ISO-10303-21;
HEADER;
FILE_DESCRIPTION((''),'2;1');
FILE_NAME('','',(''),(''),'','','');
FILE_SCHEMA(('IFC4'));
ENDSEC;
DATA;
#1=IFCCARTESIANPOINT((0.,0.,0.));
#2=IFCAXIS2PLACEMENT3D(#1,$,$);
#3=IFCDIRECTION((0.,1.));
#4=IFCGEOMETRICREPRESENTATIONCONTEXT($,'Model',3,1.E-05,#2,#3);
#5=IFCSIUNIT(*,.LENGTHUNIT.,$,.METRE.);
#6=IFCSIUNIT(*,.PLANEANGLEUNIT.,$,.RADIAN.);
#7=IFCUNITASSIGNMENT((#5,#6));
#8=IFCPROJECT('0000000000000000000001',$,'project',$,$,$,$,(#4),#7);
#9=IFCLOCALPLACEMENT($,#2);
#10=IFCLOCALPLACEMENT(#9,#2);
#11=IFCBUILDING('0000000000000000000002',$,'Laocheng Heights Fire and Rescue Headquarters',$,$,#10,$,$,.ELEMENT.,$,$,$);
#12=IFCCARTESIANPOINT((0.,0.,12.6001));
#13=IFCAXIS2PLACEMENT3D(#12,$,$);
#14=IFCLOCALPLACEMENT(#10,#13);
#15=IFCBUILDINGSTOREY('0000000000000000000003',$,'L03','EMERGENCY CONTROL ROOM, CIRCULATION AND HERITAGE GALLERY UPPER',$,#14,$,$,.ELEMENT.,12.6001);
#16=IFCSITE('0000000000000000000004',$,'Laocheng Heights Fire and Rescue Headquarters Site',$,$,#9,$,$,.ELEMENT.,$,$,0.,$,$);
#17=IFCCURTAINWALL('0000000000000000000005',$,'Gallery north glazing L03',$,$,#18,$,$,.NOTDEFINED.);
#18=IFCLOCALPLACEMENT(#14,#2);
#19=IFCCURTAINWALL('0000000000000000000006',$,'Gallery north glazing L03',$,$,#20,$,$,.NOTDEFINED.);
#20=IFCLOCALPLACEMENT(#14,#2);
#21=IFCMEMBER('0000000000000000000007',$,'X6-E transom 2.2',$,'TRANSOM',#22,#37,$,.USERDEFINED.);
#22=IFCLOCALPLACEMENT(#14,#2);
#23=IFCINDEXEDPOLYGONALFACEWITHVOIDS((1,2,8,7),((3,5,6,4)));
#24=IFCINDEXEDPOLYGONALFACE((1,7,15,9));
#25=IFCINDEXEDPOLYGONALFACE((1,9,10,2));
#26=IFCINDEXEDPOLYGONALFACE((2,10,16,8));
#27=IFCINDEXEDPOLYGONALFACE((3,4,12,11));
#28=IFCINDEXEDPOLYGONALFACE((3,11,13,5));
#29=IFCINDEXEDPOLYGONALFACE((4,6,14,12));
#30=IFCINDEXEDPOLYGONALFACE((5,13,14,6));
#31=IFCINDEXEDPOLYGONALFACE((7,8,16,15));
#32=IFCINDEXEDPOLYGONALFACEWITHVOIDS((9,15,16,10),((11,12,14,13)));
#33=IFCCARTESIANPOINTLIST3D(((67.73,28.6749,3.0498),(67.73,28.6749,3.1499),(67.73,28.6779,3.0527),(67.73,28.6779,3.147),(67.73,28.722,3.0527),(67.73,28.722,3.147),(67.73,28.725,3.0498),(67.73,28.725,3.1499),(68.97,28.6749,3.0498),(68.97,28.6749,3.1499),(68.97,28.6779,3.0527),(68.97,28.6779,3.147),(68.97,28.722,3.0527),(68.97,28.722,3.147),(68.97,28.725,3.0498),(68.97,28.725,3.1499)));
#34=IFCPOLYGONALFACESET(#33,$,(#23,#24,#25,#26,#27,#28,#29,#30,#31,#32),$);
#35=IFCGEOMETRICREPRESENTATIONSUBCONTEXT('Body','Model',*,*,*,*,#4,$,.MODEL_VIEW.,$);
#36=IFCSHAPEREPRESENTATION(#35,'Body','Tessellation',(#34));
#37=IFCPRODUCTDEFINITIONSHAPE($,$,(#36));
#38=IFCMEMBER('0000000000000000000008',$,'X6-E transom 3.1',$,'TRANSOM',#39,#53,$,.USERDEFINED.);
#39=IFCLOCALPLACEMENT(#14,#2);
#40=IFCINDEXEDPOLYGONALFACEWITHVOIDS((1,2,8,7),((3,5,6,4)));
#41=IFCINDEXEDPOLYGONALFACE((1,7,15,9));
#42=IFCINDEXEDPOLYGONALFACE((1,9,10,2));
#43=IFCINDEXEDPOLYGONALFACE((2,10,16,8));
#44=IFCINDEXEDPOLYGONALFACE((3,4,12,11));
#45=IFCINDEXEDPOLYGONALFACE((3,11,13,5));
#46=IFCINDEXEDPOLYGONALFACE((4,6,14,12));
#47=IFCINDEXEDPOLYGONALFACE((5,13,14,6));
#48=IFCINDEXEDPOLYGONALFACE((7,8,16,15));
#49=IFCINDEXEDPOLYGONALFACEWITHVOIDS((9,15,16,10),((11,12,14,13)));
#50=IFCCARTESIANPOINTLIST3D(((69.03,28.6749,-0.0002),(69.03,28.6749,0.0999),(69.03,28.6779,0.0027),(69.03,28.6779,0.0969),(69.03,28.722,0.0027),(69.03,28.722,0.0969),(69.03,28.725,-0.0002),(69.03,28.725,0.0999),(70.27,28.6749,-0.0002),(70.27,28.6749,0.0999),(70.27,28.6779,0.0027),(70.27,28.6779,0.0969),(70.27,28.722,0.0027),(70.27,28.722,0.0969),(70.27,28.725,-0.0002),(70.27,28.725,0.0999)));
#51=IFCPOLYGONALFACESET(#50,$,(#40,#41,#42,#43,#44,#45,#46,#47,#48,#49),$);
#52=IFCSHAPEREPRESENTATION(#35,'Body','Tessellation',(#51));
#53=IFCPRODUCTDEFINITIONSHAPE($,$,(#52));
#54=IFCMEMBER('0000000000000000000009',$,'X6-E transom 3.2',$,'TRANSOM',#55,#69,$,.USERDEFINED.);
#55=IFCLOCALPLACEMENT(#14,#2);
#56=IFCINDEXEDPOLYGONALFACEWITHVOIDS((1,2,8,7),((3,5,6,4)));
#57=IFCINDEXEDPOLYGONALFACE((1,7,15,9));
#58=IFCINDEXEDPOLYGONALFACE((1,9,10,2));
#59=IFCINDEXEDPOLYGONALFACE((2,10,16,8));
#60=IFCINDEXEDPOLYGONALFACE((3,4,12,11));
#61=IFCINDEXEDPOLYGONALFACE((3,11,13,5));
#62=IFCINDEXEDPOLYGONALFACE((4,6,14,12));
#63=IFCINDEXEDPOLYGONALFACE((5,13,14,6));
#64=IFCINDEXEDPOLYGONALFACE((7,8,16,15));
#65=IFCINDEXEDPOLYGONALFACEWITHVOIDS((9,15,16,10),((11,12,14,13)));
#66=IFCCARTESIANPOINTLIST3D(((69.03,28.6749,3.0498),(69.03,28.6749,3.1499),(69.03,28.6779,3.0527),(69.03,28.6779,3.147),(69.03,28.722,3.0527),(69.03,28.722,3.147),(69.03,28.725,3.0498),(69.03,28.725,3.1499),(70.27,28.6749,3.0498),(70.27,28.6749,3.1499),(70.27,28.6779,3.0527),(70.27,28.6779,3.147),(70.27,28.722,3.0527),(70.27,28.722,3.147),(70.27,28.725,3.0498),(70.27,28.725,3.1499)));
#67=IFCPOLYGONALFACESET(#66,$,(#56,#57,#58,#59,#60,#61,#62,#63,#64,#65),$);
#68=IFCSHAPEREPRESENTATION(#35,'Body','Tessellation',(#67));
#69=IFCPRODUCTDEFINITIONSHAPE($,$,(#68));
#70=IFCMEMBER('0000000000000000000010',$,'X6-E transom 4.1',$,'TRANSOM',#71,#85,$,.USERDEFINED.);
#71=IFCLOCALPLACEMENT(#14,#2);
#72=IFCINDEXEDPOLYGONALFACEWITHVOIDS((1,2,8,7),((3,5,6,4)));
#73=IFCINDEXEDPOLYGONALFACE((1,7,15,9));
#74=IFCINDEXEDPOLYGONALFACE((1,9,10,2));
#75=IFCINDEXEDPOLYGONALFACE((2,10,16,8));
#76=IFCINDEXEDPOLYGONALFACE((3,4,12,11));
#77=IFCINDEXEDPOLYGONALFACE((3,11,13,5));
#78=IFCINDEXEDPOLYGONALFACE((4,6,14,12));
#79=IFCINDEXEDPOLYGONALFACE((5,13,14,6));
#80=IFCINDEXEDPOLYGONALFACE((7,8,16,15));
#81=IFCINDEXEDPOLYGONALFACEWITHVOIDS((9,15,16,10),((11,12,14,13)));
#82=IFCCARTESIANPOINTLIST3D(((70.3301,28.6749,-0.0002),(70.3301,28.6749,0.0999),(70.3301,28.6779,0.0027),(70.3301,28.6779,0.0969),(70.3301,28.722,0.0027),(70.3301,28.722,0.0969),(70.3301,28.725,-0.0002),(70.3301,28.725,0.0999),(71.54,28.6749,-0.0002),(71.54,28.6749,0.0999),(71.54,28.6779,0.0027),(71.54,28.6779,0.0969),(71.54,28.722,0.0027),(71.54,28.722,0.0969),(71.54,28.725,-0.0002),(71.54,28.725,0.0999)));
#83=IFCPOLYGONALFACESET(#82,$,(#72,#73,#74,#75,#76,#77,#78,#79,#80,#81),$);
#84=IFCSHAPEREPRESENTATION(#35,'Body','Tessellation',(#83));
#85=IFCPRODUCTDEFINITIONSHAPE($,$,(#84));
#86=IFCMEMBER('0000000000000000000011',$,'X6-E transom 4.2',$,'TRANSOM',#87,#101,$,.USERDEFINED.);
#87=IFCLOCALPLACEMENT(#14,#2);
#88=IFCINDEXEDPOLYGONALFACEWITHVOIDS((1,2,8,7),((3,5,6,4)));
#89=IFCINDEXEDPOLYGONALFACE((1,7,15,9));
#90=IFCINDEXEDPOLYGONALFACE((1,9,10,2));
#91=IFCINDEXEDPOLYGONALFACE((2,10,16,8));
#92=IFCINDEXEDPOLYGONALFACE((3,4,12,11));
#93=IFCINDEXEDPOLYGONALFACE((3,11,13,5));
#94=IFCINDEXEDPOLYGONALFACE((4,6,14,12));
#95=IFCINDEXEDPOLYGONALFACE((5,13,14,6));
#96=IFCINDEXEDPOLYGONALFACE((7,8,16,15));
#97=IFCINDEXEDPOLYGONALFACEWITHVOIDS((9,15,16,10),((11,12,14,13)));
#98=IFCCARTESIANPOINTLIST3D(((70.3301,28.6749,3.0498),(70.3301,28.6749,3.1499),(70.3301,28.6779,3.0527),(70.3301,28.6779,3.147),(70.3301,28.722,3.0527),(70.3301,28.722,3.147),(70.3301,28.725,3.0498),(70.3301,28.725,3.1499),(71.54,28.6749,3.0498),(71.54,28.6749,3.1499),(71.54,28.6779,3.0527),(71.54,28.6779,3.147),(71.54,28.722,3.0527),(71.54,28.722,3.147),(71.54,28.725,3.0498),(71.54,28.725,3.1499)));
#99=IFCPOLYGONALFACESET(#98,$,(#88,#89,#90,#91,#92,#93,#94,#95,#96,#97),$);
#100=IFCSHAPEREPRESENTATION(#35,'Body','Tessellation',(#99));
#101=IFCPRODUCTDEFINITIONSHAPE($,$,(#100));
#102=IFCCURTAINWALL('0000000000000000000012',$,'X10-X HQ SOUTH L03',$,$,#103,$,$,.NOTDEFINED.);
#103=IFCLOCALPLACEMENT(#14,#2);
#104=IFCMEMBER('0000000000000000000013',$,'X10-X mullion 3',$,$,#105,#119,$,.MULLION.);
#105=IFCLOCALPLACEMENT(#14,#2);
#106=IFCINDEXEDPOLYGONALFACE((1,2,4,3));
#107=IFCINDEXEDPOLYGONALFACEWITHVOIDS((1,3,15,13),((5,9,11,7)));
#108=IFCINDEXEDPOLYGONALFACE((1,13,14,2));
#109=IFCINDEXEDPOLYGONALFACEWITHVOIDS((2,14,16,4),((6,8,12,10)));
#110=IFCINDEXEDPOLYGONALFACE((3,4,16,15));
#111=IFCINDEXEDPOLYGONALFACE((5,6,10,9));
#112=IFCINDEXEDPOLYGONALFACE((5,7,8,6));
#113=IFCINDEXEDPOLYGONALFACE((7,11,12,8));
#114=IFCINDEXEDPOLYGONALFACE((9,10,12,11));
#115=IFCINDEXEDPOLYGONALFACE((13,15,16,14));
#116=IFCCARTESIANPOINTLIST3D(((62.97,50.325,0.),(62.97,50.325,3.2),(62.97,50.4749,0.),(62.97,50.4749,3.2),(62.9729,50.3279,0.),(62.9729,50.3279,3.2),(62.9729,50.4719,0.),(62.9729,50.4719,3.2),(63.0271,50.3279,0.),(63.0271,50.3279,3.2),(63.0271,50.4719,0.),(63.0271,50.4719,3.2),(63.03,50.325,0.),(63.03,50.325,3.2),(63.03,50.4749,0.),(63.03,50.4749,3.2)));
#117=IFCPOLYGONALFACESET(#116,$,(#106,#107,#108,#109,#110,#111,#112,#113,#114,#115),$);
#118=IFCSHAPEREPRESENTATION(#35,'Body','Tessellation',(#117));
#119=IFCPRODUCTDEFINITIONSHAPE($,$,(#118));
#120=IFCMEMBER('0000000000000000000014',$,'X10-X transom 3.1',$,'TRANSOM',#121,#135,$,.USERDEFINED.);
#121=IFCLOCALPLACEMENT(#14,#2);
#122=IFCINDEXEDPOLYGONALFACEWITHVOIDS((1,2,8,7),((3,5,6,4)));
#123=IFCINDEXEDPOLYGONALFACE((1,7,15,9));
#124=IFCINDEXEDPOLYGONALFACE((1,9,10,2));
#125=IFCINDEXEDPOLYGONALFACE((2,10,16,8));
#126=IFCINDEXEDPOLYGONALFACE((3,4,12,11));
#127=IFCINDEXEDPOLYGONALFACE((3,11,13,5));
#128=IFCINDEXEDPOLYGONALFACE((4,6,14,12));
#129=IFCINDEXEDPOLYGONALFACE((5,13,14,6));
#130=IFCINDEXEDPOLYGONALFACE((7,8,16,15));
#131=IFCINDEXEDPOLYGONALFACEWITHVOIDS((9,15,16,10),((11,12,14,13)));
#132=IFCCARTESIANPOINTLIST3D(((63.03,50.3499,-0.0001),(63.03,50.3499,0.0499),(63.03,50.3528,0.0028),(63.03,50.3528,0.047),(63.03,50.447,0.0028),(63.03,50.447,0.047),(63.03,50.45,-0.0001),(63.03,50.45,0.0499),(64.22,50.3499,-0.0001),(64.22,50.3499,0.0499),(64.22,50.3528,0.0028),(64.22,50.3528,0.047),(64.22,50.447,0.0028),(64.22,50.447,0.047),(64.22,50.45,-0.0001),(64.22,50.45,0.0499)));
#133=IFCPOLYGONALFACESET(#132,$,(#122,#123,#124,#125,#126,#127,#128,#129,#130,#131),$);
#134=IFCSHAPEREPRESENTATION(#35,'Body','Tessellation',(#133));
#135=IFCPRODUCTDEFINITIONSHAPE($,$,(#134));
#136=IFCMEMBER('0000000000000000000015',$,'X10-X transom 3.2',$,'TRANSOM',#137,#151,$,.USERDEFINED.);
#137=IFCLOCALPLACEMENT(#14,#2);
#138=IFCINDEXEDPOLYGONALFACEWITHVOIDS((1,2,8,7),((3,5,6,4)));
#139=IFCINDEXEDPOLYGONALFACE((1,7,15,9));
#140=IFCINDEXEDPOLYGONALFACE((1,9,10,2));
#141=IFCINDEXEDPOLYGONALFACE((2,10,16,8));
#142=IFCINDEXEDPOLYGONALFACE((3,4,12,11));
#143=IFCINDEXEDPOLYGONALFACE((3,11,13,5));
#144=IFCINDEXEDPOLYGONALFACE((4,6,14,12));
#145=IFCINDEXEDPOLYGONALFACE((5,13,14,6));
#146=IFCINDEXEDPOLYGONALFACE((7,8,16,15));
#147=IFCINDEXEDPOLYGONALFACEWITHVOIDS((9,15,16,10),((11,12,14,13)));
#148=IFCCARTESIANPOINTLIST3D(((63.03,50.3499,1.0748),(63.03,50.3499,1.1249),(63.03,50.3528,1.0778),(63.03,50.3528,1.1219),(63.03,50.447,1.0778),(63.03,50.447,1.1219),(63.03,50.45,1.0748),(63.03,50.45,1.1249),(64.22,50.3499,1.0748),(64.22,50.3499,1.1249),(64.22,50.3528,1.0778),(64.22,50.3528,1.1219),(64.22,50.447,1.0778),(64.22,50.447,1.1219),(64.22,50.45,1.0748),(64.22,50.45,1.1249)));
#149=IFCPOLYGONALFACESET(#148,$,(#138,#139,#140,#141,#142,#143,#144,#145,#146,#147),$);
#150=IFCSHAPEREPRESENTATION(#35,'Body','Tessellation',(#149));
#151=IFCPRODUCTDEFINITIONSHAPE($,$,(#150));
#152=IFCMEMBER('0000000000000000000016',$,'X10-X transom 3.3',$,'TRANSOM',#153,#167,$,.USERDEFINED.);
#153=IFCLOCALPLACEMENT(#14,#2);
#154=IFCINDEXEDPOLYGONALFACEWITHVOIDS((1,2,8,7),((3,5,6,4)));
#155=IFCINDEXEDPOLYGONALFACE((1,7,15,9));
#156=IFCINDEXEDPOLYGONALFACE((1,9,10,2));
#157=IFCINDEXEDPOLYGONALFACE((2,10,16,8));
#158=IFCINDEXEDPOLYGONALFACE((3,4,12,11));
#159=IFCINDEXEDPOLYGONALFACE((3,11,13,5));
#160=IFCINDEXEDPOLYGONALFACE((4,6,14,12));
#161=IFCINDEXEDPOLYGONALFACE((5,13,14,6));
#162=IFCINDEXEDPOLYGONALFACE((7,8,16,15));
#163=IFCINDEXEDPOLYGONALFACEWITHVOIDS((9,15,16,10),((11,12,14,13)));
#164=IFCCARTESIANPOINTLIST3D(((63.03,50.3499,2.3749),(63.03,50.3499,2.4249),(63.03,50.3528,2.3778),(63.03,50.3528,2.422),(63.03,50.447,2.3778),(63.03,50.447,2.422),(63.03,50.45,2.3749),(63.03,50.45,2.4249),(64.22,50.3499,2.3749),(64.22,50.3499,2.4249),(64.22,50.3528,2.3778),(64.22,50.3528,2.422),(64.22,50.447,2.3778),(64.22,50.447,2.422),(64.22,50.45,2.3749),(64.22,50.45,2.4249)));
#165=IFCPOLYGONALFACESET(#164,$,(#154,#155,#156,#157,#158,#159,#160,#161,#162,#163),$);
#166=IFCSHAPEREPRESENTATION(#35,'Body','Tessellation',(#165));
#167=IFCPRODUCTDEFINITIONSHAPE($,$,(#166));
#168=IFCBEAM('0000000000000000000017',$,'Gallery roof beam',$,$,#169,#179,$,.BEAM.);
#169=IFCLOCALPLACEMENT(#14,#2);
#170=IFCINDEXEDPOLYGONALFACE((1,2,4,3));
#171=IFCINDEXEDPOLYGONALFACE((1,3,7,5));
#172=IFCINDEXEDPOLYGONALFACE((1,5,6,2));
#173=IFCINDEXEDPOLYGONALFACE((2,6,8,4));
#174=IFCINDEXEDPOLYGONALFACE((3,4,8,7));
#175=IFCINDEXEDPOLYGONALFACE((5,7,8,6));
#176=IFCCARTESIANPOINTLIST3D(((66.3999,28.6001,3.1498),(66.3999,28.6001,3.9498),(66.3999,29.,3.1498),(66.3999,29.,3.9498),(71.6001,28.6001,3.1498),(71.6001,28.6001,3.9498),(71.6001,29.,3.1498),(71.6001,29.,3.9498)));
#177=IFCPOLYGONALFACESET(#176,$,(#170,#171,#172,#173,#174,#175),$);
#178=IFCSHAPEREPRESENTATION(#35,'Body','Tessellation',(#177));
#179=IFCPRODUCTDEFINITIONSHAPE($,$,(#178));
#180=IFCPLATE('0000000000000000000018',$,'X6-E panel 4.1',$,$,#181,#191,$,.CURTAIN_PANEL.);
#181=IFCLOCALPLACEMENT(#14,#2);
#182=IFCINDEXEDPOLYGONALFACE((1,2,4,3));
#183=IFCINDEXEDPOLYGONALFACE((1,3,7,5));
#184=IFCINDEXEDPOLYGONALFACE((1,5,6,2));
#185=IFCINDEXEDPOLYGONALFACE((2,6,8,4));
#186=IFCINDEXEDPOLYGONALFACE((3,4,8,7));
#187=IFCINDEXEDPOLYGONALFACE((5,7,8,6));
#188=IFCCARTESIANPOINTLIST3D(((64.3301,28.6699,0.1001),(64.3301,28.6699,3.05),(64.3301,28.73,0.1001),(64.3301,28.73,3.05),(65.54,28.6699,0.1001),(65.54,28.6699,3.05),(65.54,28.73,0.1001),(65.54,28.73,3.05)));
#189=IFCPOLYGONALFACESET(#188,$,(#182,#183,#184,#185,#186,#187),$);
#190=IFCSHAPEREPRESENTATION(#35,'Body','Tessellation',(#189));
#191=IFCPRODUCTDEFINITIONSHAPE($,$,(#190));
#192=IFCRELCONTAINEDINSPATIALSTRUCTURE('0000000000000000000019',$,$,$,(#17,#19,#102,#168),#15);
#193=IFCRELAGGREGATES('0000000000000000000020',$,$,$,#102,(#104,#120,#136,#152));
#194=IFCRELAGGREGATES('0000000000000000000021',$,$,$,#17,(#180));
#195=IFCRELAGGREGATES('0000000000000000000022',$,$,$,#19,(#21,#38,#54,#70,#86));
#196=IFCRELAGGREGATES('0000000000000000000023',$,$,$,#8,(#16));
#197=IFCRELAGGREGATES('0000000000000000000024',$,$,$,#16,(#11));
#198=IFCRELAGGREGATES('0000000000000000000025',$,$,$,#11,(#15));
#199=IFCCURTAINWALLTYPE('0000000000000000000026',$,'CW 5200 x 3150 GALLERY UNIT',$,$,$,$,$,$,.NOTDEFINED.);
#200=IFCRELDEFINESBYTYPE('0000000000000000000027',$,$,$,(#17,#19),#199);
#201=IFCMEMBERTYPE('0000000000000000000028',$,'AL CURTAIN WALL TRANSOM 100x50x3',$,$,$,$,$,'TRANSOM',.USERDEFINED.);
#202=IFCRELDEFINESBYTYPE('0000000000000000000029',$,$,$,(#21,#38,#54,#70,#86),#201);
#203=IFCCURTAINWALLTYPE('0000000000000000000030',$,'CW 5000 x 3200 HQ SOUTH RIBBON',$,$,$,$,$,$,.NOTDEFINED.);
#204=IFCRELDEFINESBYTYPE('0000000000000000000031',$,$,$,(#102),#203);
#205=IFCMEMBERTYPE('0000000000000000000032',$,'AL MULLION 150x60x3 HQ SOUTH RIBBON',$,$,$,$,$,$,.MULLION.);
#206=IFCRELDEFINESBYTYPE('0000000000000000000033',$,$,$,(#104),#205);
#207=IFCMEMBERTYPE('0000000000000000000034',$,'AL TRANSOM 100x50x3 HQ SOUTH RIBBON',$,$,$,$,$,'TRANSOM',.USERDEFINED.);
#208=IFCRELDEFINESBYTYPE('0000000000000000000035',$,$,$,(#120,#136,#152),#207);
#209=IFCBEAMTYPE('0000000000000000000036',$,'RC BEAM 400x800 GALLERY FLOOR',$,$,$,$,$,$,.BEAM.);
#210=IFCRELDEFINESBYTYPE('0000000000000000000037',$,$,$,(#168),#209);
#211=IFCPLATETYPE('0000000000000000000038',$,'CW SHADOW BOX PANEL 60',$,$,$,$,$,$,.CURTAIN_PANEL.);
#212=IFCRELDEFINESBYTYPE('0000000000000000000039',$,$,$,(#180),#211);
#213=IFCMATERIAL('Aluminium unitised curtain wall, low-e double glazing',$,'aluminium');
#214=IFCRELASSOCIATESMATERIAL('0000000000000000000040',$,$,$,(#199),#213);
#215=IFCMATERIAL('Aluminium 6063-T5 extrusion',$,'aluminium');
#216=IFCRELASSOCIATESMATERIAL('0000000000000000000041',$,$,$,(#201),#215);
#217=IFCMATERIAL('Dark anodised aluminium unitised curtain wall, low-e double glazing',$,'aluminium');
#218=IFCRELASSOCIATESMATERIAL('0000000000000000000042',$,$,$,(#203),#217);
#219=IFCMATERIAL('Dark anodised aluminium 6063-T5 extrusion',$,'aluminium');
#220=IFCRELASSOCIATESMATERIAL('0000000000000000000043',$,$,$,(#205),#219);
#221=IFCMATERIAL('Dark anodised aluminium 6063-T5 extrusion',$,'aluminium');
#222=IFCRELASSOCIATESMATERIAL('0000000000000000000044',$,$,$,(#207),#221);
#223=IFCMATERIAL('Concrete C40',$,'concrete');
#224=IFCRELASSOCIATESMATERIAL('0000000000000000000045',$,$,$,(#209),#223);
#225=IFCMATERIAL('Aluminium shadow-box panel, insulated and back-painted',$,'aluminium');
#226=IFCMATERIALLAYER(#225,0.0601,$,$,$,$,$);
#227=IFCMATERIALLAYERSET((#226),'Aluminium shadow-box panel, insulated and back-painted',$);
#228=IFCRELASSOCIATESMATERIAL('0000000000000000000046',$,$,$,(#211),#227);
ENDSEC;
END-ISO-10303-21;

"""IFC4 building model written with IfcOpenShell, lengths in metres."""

from ifc_helpers import new_model, si_unit, direction, frame, origin, origin_2d, place, context, subcontext, project, spatial, rectangle, hollow_rectangle, extrude, material, layer, layer_set, material_profile, profile_set, type_object, element, aggregate, save


model = new_model("IFC4")

# Units and contexts
model_context = context("Model", 3, precision=1e-05, world=origin(), true_north=direction((0.0, 1.0)))
body_context = subcontext(model_context, "Body", "Model", "MODEL_VIEW")
ifc_project = project(units=[si_unit("LENGTHUNIT", "METRE"), si_unit("PLANEANGLEUNIT", "RADIAN")], contexts=[model_context])

# Site, building, storey
site_placement = place(None, origin())
site = spatial("IfcSite", under=ifc_project, at=site_placement, Name="Laocheng Heights Fire and Rescue Headquarters Site", CompositionType="ELEMENT", RefElevation=0.0)
building_placement = place(site_placement, origin())
building = spatial("IfcBuilding", under=site, at=building_placement, Name="Laocheng Heights Fire and Rescue Headquarters", CompositionType="ELEMENT")
storey_placement = place(building_placement, frame((0.0, 0.0, 12.6001)))
storey = spatial("IfcBuildingStorey", under=building, at=storey_placement, Name="L03", Description="EMERGENCY CONTROL ROOM, CIRCULATION AND HERITAGE GALLERY UPPER", CompositionType="ELEMENT", Elevation=12.6001)

# Curtain wall
ifc_material_1 = material(Name="Aluminium unitised curtain wall, low-e double glazing", Category="aluminium")
curtain_wall_type_1 = type_object("IfcCurtainWallType", Name="CW 5200 x 3150 GALLERY UNIT", PredefinedType="NOTDEFINED", material=ifc_material_1)
curtain_wall_1_placement = place(storey_placement, origin())
curtain_wall_1 = element("IfcCurtainWall", 1, at=curtain_wall_1_placement, inside=storey, type_object=curtain_wall_type_1, Name="Gallery north glazing L03", PredefinedType="NOTDEFINED")

# Curtain walls, members
curtain_wall_2_placement = place(storey_placement, origin())
curtain_wall_2 = element("IfcCurtainWall", 2, at=curtain_wall_2_placement, inside=storey, type_object=curtain_wall_type_1, Name="Gallery north glazing L03", PredefinedType="NOTDEFINED")
ifc_material_2 = material(Name="Aluminium 6063-T5 extrusion", Category="aluminium")
ifc_material_profile_1 = material_profile(ifc_material_2, hollow_rectangle(XDim=0.05, YDim=0.1001, WallThickness=0.0029, at=origin_2d()), Name="AL TRANSOM 100x50x3")
ifc_profile_set_1 = profile_set([ifc_material_profile_1], Name="Aluminium 6063-T5 extrusion")
member_type_1 = type_object("IfcMemberType", Name="AL CURTAIN WALL TRANSOM 100x50x3", ElementType="TRANSOM", PredefinedType="USERDEFINED", material=ifc_profile_set_1)
member_1_placement = place(storey_placement, frame((67.73, 28.7, 3.0999), z_axis=(1.0, 0.0, 0.0), x_axis=(0.0, 1.0, 0.0)))
member_1 = element("IfcMember", 3, at=member_1_placement, type_object=member_type_1, Name="X6-E transom 2.2", ObjectType="TRANSOM", PredefinedType="USERDEFINED", context=body_context, shape_type="SweptSolid", body=[
    extrude(hollow_rectangle(XDim=0.05, YDim=0.1001, WallThickness=0.0029, at=origin_2d()), origin(), (0.0, 0.0, 1.0), 1.24),
])
member_2_placement = place(storey_placement, frame((69.03, 28.7, 0.0498), z_axis=(1.0, 0.0, 0.0), x_axis=(0.0, 1.0, 0.0)))
member_2 = element("IfcMember", 4, at=member_2_placement, type_object=member_type_1, Name="X6-E transom 3.1", ObjectType="TRANSOM", PredefinedType="USERDEFINED", context=body_context, shape_type="SweptSolid", body=[
    extrude(hollow_rectangle(XDim=0.05, YDim=0.1001, WallThickness=0.0029, at=origin_2d()), origin(), (0.0, 0.0, 1.0), 1.24),
])
member_3_placement = place(storey_placement, frame((69.03, 28.7, 3.0999), z_axis=(1.0, 0.0, 0.0), x_axis=(0.0, 1.0, 0.0)))
member_3 = element("IfcMember", 5, at=member_3_placement, type_object=member_type_1, Name="X6-E transom 3.2", ObjectType="TRANSOM", PredefinedType="USERDEFINED", context=body_context, shape_type="SweptSolid", body=[
    extrude(hollow_rectangle(XDim=0.05, YDim=0.1001, WallThickness=0.0029, at=origin_2d()), origin(), (0.0, 0.0, 1.0), 1.24),
])
member_4_placement = place(storey_placement, frame((70.3301, 28.7, 0.0498), z_axis=(1.0, 0.0, 0.0), x_axis=(0.0, 1.0, 0.0)))
member_4 = element("IfcMember", 6, at=member_4_placement, type_object=member_type_1, Name="X6-E transom 4.1", ObjectType="TRANSOM", PredefinedType="USERDEFINED", context=body_context, shape_type="SweptSolid", body=[
    extrude(hollow_rectangle(XDim=0.05, YDim=0.1001, WallThickness=0.0029, at=origin_2d()), origin(), (0.0, 0.0, 1.0), 1.21),
])
member_5_placement = place(storey_placement, frame((70.3301, 28.7, 3.0999), z_axis=(1.0, 0.0, 0.0), x_axis=(0.0, 1.0, 0.0)))
member_5 = element("IfcMember", 7, at=member_5_placement, type_object=member_type_1, Name="X6-E transom 4.2", ObjectType="TRANSOM", PredefinedType="USERDEFINED", context=body_context, shape_type="SweptSolid", body=[
    extrude(hollow_rectangle(XDim=0.05, YDim=0.1001, WallThickness=0.0029, at=origin_2d()), origin(), (0.0, 0.0, 1.0), 1.21),
])
ifc_material_3 = material(Name="Dark anodised aluminium unitised curtain wall, low-e double glazing", Category="aluminium")
curtain_wall_type_2 = type_object("IfcCurtainWallType", Name="CW 5000 x 3200 HQ SOUTH RIBBON", PredefinedType="NOTDEFINED", material=ifc_material_3)
curtain_wall_3_placement = place(storey_placement, origin())
curtain_wall_3 = element("IfcCurtainWall", 8, at=curtain_wall_3_placement, inside=storey, type_object=curtain_wall_type_2, Name="X10-X HQ SOUTH L03", PredefinedType="NOTDEFINED")
ifc_material_4 = material(Name="Dark anodised aluminium 6063-T5 extrusion", Category="aluminium")
ifc_material_profile_2 = material_profile(ifc_material_4, hollow_rectangle(XDim=0.1499, YDim=0.0601, WallThickness=0.0029, at=origin_2d()), Name="AL MULLION 150x60x3 HQ SOUTH RIBBON")
ifc_profile_set_2 = profile_set([ifc_material_profile_2], Name="Dark anodised aluminium 6063-T5 extrusion")
member_type_2 = type_object("IfcMemberType", Name="AL MULLION 150x60x3 HQ SOUTH RIBBON", PredefinedType="MULLION", material=ifc_profile_set_2)
member_6_placement = place(storey_placement, frame((63.0, 50.3999, 0.0), z_axis=(0.0, 0.0, 1.0), x_axis=(0.0, 1.0, 0.0)))
member_6 = element("IfcMember", 9, at=member_6_placement, type_object=member_type_2, Name="X10-X mullion 3", PredefinedType="MULLION", context=body_context, shape_type="SweptSolid", body=[
    extrude(hollow_rectangle(XDim=0.1499, YDim=0.0601, WallThickness=0.0029, at=origin_2d()), origin(), (0.0, 0.0, 1.0), 3.2),
])
ifc_material_5 = material(Name="Dark anodised aluminium 6063-T5 extrusion", Category="aluminium")
ifc_material_profile_3 = material_profile(ifc_material_5, hollow_rectangle(XDim=0.1001, YDim=0.05, WallThickness=0.0029, at=origin_2d()), Name="AL TRANSOM 100x50x3 HQ SOUTH RIBBON")
ifc_profile_set_3 = profile_set([ifc_material_profile_3], Name="Dark anodised aluminium 6063-T5 extrusion")
member_type_3 = type_object("IfcMemberType", Name="AL TRANSOM 100x50x3 HQ SOUTH RIBBON", ElementType="TRANSOM", PredefinedType="USERDEFINED", material=ifc_profile_set_3)
member_7_placement = place(storey_placement, frame((63.03, 50.3999, 0.0249), z_axis=(1.0, 0.0, 0.0), x_axis=(0.0, 1.0, 0.0)))
member_7 = element("IfcMember", 10, at=member_7_placement, type_object=member_type_3, Name="X10-X transom 3.1", ObjectType="TRANSOM", PredefinedType="USERDEFINED", context=body_context, shape_type="SweptSolid", body=[
    extrude(hollow_rectangle(XDim=0.1001, YDim=0.05, WallThickness=0.0029, at=origin_2d()), origin(), (0.0, 0.0, 1.0), 1.1899),
])
member_8_placement = place(storey_placement, frame((63.03, 50.3999, 1.0999), z_axis=(1.0, 0.0, 0.0), x_axis=(0.0, 1.0, 0.0)))
member_8 = element("IfcMember", 11, at=member_8_placement, type_object=member_type_3, Name="X10-X transom 3.2", ObjectType="TRANSOM", PredefinedType="USERDEFINED", context=body_context, shape_type="SweptSolid", body=[
    extrude(hollow_rectangle(XDim=0.1001, YDim=0.05, WallThickness=0.0029, at=origin_2d()), origin(), (0.0, 0.0, 1.0), 1.1899),
])
member_9_placement = place(storey_placement, frame((63.03, 50.3999, 2.3999), z_axis=(1.0, 0.0, 0.0), x_axis=(0.0, 1.0, 0.0)))
member_9 = element("IfcMember", 12, at=member_9_placement, type_object=member_type_3, Name="X10-X transom 3.3", ObjectType="TRANSOM", PredefinedType="USERDEFINED", context=body_context, shape_type="SweptSolid", body=[
    extrude(hollow_rectangle(XDim=0.1001, YDim=0.05, WallThickness=0.0029, at=origin_2d()), origin(), (0.0, 0.0, 1.0), 1.1899),
])
aggregate(curtain_wall_3, [member_6, member_7, member_8, member_9])

# Beam
ifc_material_6 = material(Name="Concrete C40", Category="concrete")
ifc_material_profile_4 = material_profile(ifc_material_6, rectangle(XDim=0.3999, YDim=0.8, at=origin_2d()), Name="RC BEAM 400x800 GALLERY FLOOR")
ifc_profile_set_4 = profile_set([ifc_material_profile_4], Name="Concrete C40")
beam_type = type_object("IfcBeamType", Name="RC BEAM 400x800 GALLERY FLOOR", PredefinedType="BEAM", material=ifc_profile_set_4)
beam_placement = place(storey_placement, frame((66.3999, 28.8, 3.5498), z_axis=(1.0, 0.0, 0.0), x_axis=(0.0, 1.0, 0.0)))
element("IfcBeam", 13, at=beam_placement, inside=storey, type_object=beam_type, Name="Gallery roof beam", PredefinedType="BEAM", context=body_context, shape_type="SweptSolid", body=[
    extrude(rectangle(XDim=0.3999, YDim=0.8, at=origin_2d()), origin(), (0.0, 0.0, 1.0), 5.2002),
])

# Plate
ifc_material_7 = material(Name="Aluminium shadow-box panel, insulated and back-painted", Category="aluminium")
ifc_layer_1 = layer(ifc_material_7, 0.0601)
ifc_layer_set_1 = layer_set([ifc_layer_1], Name="Aluminium shadow-box panel, insulated and back-painted")
plate_type = type_object("IfcPlateType", Name="CW SHADOW BOX PANEL 60", PredefinedType="CURTAIN_PANEL", material=ifc_layer_set_1)
plate_1_placement = place(storey_placement, frame((64.9351, 28.7, 0.1001), z_axis=(0.0, 0.0, 1.0), x_axis=(1.0, 0.0, 0.0)))
plate_1 = element("IfcPlate", 14, at=plate_1_placement, type_object=plate_type, Name="X6-E panel 4.1", PredefinedType="CURTAIN_PANEL", context=body_context, shape_type="SweptSolid", body=[
    extrude(rectangle(XDim=1.21, YDim=0.0601, at=origin_2d()), origin(), (0.0, 0.0, 1.0), 2.95),
])
aggregate(curtain_wall_1, [plate_1])
aggregate(curtain_wall_2, [member_1, member_2, member_3, member_4, member_5])

save(model, "model.ifc")
